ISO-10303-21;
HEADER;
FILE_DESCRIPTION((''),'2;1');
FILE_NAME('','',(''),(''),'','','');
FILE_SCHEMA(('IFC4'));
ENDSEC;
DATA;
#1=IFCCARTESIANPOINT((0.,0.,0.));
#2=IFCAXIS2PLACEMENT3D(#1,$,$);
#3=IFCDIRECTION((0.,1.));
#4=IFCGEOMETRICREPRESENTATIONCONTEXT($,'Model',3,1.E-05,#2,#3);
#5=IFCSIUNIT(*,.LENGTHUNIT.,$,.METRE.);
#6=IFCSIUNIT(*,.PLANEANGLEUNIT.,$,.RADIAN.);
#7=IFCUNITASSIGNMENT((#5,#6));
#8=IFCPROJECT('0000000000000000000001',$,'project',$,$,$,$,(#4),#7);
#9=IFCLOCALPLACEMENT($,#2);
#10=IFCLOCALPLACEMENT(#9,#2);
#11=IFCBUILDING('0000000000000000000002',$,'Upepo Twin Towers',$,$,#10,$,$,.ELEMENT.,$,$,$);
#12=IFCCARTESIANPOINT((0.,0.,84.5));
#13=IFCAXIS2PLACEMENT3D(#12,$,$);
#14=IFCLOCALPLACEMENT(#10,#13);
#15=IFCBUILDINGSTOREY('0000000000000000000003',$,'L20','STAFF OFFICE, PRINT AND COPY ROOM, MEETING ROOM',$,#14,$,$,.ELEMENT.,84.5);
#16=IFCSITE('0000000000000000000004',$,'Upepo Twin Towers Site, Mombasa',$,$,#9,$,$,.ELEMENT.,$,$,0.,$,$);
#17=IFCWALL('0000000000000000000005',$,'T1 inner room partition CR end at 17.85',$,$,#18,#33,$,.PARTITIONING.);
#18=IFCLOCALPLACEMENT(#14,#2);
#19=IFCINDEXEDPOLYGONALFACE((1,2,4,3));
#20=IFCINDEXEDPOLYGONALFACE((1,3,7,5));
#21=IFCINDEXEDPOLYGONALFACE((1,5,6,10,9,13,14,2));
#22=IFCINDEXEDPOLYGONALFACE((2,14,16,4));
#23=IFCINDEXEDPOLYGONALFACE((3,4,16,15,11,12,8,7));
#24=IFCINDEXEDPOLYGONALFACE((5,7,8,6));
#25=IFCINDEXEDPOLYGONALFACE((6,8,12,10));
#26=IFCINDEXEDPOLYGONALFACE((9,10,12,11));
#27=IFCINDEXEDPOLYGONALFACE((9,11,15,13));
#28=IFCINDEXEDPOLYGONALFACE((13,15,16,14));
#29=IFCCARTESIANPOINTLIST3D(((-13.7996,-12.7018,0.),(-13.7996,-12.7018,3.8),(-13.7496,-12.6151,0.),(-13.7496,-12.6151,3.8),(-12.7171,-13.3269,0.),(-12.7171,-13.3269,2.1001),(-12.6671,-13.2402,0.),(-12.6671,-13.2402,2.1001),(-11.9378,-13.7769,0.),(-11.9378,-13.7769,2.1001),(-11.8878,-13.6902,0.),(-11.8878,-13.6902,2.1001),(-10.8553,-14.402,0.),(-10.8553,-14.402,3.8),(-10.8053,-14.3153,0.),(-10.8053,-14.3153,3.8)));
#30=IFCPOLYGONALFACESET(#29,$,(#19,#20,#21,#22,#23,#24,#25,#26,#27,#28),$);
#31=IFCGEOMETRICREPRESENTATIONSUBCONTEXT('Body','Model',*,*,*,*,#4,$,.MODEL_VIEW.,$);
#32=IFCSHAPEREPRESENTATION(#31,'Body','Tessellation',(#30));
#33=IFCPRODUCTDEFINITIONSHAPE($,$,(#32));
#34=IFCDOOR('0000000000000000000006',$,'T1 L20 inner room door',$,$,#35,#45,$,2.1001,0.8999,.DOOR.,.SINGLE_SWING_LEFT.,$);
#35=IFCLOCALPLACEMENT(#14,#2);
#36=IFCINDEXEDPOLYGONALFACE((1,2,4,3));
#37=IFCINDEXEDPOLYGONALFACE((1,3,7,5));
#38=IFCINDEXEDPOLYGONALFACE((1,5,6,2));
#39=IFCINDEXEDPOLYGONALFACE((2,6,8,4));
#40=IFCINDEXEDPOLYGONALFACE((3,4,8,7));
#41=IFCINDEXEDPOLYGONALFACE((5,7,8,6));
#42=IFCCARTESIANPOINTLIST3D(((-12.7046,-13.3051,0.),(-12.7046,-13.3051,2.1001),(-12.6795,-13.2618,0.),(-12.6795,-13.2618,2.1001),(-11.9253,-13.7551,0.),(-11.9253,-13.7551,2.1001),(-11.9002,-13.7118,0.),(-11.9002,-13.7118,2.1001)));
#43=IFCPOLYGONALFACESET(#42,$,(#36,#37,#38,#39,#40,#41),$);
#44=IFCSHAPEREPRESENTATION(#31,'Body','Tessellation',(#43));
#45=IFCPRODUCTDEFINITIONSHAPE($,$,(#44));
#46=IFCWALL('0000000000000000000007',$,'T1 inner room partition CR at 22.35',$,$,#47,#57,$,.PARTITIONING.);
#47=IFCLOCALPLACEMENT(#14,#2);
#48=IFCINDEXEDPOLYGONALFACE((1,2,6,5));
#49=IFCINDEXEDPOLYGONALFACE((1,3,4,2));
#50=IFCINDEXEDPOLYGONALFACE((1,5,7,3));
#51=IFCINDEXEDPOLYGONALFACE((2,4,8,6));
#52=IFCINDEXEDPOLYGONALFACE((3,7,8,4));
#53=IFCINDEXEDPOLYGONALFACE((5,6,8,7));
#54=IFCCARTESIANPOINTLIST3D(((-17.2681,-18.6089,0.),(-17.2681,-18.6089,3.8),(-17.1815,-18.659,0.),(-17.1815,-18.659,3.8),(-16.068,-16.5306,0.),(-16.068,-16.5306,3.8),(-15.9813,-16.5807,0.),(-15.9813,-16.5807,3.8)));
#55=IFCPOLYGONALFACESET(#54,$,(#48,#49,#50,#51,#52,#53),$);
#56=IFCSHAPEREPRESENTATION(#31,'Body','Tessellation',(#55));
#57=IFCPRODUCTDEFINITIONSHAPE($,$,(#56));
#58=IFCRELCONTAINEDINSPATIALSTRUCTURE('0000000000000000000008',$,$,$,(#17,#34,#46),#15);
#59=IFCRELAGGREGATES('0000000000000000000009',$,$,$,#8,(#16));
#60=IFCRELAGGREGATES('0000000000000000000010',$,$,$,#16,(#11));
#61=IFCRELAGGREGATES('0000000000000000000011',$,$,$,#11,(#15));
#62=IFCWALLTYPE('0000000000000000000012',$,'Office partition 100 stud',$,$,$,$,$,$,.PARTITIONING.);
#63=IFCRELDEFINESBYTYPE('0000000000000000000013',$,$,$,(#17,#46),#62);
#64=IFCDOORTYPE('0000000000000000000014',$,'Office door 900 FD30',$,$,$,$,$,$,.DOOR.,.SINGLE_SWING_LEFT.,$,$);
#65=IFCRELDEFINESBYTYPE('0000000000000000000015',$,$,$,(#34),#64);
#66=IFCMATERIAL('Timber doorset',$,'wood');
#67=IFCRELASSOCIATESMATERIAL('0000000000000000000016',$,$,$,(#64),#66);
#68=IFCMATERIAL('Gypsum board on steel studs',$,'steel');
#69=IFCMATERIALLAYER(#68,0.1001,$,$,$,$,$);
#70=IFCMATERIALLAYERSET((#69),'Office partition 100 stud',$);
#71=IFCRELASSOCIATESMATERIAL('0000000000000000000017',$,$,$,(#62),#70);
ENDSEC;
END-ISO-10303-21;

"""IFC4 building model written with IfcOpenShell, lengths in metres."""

from ifc_helpers import new_model, si_unit, direction, frame, frame_2d, origin, place, context, subcontext, project, spatial, rectangle, extrude, material, layer, layer_set, type_object, element, fill, save


model = new_model("IFC4")

# Units and contexts
model_context = context("Model", 3, precision=1e-05, world=origin(), true_north=direction((0.0, 1.0)))
body_context = subcontext(model_context, "Body", "Model", "MODEL_VIEW")
ifc_project = project(units=[si_unit("LENGTHUNIT", "METRE"), si_unit("PLANEANGLEUNIT", "RADIAN")], contexts=[model_context])

# Site, building, storey
site_placement = place(None, origin())
site = spatial("IfcSite", under=ifc_project, at=site_placement, Name="Upepo Twin Towers Site, Mombasa", CompositionType="ELEMENT", RefElevation=0.0)
building_placement = place(site_placement, origin())
building = spatial("IfcBuilding", under=site, at=building_placement, Name="Upepo Twin Towers", CompositionType="ELEMENT")
storey_placement = place(building_placement, frame((0.0, 0.0, 84.5)))
storey = spatial("IfcBuildingStorey", under=building, at=storey_placement, Name="L20", Description="STAFF OFFICE, PRINT AND COPY ROOM, MEETING ROOM", CompositionType="ELEMENT", Elevation=84.5)

# Shared definitions
ifc_material_1 = material(Name="Timber doorset", Category="wood")
door_type = type_object("IfcDoorType", Name="Office door 900 FD30", OperationType="SINGLE_SWING_LEFT", PredefinedType="DOOR", material=ifc_material_1)

# Shared definitions
ifc_material_2 = material(Name="Gypsum board on steel studs", Category="steel")
ifc_layer_1 = layer(ifc_material_2, 0.1001)
ifc_layer_set_1 = layer_set([ifc_layer_1], Name="Office partition 100 stud")
wall_type_1 = type_object("IfcWallType", Name="Office partition 100 stud", PredefinedType="PARTITIONING", material=ifc_layer_set_1)

# Wall, opening, door
wall_1_placement = place(storey_placement, frame((-10.8303, -14.3586, 0.0), z_axis=(0.0, 0.0, 1.0), x_axis=(-0.865989, 0.500062, 0.0)))
wall_1 = element("IfcWall", 1, at=wall_1_placement, inside=storey, type_object=wall_type_1, Name="T1 inner room partition CR end at 17.85", PredefinedType="PARTITIONING", context=body_context, shape_type="SweptSolid", body=[
    extrude(rectangle(XDim=3.3999, YDim=0.1001, at=frame_2d((1.7, 0.0))), origin(), (0.0, 0.0, 1.0), 3.8),
])
opening_1_placement = place(wall_1_placement, frame((1.25, 0.0, 0.0)))
opening_1 = element("IfcOpeningElement", 2, at=opening_1_placement, cuts=wall_1, PredefinedType="OPENING", context=body_context, shape_type="SweptSolid", body=[
    extrude(rectangle(XDim=0.8999, YDim=2.1001, at=frame_2d((0.45, 1.05))), frame((0.0, 0.0601, 0.0), z_axis=(0.0, -1.0, 0.0), x_axis=(1.0, 0.0, 0.0)), (0.0, 0.0, 1.0), 0.1201),
])
door_1_placement = place(opening_1_placement, origin())
door_1 = element("IfcDoor", 3, at=door_1_placement, inside=storey, type_object=door_type, Name="T1 L20 inner room door", OperationType="SINGLE_SWING_LEFT", OverallHeight=2.1001, OverallWidth=0.8999, PredefinedType="DOOR", context=body_context, shape_type="SweptSolid", body=[
    extrude(rectangle(XDim=0.8999, YDim=2.1001, at=frame_2d((0.45, 1.05))), frame((0.0, 0.0249, 0.0), z_axis=(0.0, -1.0, 0.0), x_axis=(1.0, 0.0, 0.0)), (0.0, 0.0, 1.0), 0.05),
])
fill(opening_1, door_1)

# Wall
wall_2_placement = place(storey_placement, frame((-16.0247, -16.5557, 0.0), z_axis=(0.0, 0.0, 1.0), x_axis=(-0.500078, -0.865981, 0.0)))
element("IfcWall", 4, at=wall_2_placement, inside=storey, type_object=wall_type_1, Name="T1 inner room partition CR at 22.35", PredefinedType="PARTITIONING", context=body_context, shape_type="SweptSolid", body=[
    extrude(rectangle(XDim=2.3999, YDim=0.1001, at=frame_2d((1.2, 0.0))), origin(), (0.0, 0.0, 1.0), 3.8),
])

save(model, "model.ifc")
